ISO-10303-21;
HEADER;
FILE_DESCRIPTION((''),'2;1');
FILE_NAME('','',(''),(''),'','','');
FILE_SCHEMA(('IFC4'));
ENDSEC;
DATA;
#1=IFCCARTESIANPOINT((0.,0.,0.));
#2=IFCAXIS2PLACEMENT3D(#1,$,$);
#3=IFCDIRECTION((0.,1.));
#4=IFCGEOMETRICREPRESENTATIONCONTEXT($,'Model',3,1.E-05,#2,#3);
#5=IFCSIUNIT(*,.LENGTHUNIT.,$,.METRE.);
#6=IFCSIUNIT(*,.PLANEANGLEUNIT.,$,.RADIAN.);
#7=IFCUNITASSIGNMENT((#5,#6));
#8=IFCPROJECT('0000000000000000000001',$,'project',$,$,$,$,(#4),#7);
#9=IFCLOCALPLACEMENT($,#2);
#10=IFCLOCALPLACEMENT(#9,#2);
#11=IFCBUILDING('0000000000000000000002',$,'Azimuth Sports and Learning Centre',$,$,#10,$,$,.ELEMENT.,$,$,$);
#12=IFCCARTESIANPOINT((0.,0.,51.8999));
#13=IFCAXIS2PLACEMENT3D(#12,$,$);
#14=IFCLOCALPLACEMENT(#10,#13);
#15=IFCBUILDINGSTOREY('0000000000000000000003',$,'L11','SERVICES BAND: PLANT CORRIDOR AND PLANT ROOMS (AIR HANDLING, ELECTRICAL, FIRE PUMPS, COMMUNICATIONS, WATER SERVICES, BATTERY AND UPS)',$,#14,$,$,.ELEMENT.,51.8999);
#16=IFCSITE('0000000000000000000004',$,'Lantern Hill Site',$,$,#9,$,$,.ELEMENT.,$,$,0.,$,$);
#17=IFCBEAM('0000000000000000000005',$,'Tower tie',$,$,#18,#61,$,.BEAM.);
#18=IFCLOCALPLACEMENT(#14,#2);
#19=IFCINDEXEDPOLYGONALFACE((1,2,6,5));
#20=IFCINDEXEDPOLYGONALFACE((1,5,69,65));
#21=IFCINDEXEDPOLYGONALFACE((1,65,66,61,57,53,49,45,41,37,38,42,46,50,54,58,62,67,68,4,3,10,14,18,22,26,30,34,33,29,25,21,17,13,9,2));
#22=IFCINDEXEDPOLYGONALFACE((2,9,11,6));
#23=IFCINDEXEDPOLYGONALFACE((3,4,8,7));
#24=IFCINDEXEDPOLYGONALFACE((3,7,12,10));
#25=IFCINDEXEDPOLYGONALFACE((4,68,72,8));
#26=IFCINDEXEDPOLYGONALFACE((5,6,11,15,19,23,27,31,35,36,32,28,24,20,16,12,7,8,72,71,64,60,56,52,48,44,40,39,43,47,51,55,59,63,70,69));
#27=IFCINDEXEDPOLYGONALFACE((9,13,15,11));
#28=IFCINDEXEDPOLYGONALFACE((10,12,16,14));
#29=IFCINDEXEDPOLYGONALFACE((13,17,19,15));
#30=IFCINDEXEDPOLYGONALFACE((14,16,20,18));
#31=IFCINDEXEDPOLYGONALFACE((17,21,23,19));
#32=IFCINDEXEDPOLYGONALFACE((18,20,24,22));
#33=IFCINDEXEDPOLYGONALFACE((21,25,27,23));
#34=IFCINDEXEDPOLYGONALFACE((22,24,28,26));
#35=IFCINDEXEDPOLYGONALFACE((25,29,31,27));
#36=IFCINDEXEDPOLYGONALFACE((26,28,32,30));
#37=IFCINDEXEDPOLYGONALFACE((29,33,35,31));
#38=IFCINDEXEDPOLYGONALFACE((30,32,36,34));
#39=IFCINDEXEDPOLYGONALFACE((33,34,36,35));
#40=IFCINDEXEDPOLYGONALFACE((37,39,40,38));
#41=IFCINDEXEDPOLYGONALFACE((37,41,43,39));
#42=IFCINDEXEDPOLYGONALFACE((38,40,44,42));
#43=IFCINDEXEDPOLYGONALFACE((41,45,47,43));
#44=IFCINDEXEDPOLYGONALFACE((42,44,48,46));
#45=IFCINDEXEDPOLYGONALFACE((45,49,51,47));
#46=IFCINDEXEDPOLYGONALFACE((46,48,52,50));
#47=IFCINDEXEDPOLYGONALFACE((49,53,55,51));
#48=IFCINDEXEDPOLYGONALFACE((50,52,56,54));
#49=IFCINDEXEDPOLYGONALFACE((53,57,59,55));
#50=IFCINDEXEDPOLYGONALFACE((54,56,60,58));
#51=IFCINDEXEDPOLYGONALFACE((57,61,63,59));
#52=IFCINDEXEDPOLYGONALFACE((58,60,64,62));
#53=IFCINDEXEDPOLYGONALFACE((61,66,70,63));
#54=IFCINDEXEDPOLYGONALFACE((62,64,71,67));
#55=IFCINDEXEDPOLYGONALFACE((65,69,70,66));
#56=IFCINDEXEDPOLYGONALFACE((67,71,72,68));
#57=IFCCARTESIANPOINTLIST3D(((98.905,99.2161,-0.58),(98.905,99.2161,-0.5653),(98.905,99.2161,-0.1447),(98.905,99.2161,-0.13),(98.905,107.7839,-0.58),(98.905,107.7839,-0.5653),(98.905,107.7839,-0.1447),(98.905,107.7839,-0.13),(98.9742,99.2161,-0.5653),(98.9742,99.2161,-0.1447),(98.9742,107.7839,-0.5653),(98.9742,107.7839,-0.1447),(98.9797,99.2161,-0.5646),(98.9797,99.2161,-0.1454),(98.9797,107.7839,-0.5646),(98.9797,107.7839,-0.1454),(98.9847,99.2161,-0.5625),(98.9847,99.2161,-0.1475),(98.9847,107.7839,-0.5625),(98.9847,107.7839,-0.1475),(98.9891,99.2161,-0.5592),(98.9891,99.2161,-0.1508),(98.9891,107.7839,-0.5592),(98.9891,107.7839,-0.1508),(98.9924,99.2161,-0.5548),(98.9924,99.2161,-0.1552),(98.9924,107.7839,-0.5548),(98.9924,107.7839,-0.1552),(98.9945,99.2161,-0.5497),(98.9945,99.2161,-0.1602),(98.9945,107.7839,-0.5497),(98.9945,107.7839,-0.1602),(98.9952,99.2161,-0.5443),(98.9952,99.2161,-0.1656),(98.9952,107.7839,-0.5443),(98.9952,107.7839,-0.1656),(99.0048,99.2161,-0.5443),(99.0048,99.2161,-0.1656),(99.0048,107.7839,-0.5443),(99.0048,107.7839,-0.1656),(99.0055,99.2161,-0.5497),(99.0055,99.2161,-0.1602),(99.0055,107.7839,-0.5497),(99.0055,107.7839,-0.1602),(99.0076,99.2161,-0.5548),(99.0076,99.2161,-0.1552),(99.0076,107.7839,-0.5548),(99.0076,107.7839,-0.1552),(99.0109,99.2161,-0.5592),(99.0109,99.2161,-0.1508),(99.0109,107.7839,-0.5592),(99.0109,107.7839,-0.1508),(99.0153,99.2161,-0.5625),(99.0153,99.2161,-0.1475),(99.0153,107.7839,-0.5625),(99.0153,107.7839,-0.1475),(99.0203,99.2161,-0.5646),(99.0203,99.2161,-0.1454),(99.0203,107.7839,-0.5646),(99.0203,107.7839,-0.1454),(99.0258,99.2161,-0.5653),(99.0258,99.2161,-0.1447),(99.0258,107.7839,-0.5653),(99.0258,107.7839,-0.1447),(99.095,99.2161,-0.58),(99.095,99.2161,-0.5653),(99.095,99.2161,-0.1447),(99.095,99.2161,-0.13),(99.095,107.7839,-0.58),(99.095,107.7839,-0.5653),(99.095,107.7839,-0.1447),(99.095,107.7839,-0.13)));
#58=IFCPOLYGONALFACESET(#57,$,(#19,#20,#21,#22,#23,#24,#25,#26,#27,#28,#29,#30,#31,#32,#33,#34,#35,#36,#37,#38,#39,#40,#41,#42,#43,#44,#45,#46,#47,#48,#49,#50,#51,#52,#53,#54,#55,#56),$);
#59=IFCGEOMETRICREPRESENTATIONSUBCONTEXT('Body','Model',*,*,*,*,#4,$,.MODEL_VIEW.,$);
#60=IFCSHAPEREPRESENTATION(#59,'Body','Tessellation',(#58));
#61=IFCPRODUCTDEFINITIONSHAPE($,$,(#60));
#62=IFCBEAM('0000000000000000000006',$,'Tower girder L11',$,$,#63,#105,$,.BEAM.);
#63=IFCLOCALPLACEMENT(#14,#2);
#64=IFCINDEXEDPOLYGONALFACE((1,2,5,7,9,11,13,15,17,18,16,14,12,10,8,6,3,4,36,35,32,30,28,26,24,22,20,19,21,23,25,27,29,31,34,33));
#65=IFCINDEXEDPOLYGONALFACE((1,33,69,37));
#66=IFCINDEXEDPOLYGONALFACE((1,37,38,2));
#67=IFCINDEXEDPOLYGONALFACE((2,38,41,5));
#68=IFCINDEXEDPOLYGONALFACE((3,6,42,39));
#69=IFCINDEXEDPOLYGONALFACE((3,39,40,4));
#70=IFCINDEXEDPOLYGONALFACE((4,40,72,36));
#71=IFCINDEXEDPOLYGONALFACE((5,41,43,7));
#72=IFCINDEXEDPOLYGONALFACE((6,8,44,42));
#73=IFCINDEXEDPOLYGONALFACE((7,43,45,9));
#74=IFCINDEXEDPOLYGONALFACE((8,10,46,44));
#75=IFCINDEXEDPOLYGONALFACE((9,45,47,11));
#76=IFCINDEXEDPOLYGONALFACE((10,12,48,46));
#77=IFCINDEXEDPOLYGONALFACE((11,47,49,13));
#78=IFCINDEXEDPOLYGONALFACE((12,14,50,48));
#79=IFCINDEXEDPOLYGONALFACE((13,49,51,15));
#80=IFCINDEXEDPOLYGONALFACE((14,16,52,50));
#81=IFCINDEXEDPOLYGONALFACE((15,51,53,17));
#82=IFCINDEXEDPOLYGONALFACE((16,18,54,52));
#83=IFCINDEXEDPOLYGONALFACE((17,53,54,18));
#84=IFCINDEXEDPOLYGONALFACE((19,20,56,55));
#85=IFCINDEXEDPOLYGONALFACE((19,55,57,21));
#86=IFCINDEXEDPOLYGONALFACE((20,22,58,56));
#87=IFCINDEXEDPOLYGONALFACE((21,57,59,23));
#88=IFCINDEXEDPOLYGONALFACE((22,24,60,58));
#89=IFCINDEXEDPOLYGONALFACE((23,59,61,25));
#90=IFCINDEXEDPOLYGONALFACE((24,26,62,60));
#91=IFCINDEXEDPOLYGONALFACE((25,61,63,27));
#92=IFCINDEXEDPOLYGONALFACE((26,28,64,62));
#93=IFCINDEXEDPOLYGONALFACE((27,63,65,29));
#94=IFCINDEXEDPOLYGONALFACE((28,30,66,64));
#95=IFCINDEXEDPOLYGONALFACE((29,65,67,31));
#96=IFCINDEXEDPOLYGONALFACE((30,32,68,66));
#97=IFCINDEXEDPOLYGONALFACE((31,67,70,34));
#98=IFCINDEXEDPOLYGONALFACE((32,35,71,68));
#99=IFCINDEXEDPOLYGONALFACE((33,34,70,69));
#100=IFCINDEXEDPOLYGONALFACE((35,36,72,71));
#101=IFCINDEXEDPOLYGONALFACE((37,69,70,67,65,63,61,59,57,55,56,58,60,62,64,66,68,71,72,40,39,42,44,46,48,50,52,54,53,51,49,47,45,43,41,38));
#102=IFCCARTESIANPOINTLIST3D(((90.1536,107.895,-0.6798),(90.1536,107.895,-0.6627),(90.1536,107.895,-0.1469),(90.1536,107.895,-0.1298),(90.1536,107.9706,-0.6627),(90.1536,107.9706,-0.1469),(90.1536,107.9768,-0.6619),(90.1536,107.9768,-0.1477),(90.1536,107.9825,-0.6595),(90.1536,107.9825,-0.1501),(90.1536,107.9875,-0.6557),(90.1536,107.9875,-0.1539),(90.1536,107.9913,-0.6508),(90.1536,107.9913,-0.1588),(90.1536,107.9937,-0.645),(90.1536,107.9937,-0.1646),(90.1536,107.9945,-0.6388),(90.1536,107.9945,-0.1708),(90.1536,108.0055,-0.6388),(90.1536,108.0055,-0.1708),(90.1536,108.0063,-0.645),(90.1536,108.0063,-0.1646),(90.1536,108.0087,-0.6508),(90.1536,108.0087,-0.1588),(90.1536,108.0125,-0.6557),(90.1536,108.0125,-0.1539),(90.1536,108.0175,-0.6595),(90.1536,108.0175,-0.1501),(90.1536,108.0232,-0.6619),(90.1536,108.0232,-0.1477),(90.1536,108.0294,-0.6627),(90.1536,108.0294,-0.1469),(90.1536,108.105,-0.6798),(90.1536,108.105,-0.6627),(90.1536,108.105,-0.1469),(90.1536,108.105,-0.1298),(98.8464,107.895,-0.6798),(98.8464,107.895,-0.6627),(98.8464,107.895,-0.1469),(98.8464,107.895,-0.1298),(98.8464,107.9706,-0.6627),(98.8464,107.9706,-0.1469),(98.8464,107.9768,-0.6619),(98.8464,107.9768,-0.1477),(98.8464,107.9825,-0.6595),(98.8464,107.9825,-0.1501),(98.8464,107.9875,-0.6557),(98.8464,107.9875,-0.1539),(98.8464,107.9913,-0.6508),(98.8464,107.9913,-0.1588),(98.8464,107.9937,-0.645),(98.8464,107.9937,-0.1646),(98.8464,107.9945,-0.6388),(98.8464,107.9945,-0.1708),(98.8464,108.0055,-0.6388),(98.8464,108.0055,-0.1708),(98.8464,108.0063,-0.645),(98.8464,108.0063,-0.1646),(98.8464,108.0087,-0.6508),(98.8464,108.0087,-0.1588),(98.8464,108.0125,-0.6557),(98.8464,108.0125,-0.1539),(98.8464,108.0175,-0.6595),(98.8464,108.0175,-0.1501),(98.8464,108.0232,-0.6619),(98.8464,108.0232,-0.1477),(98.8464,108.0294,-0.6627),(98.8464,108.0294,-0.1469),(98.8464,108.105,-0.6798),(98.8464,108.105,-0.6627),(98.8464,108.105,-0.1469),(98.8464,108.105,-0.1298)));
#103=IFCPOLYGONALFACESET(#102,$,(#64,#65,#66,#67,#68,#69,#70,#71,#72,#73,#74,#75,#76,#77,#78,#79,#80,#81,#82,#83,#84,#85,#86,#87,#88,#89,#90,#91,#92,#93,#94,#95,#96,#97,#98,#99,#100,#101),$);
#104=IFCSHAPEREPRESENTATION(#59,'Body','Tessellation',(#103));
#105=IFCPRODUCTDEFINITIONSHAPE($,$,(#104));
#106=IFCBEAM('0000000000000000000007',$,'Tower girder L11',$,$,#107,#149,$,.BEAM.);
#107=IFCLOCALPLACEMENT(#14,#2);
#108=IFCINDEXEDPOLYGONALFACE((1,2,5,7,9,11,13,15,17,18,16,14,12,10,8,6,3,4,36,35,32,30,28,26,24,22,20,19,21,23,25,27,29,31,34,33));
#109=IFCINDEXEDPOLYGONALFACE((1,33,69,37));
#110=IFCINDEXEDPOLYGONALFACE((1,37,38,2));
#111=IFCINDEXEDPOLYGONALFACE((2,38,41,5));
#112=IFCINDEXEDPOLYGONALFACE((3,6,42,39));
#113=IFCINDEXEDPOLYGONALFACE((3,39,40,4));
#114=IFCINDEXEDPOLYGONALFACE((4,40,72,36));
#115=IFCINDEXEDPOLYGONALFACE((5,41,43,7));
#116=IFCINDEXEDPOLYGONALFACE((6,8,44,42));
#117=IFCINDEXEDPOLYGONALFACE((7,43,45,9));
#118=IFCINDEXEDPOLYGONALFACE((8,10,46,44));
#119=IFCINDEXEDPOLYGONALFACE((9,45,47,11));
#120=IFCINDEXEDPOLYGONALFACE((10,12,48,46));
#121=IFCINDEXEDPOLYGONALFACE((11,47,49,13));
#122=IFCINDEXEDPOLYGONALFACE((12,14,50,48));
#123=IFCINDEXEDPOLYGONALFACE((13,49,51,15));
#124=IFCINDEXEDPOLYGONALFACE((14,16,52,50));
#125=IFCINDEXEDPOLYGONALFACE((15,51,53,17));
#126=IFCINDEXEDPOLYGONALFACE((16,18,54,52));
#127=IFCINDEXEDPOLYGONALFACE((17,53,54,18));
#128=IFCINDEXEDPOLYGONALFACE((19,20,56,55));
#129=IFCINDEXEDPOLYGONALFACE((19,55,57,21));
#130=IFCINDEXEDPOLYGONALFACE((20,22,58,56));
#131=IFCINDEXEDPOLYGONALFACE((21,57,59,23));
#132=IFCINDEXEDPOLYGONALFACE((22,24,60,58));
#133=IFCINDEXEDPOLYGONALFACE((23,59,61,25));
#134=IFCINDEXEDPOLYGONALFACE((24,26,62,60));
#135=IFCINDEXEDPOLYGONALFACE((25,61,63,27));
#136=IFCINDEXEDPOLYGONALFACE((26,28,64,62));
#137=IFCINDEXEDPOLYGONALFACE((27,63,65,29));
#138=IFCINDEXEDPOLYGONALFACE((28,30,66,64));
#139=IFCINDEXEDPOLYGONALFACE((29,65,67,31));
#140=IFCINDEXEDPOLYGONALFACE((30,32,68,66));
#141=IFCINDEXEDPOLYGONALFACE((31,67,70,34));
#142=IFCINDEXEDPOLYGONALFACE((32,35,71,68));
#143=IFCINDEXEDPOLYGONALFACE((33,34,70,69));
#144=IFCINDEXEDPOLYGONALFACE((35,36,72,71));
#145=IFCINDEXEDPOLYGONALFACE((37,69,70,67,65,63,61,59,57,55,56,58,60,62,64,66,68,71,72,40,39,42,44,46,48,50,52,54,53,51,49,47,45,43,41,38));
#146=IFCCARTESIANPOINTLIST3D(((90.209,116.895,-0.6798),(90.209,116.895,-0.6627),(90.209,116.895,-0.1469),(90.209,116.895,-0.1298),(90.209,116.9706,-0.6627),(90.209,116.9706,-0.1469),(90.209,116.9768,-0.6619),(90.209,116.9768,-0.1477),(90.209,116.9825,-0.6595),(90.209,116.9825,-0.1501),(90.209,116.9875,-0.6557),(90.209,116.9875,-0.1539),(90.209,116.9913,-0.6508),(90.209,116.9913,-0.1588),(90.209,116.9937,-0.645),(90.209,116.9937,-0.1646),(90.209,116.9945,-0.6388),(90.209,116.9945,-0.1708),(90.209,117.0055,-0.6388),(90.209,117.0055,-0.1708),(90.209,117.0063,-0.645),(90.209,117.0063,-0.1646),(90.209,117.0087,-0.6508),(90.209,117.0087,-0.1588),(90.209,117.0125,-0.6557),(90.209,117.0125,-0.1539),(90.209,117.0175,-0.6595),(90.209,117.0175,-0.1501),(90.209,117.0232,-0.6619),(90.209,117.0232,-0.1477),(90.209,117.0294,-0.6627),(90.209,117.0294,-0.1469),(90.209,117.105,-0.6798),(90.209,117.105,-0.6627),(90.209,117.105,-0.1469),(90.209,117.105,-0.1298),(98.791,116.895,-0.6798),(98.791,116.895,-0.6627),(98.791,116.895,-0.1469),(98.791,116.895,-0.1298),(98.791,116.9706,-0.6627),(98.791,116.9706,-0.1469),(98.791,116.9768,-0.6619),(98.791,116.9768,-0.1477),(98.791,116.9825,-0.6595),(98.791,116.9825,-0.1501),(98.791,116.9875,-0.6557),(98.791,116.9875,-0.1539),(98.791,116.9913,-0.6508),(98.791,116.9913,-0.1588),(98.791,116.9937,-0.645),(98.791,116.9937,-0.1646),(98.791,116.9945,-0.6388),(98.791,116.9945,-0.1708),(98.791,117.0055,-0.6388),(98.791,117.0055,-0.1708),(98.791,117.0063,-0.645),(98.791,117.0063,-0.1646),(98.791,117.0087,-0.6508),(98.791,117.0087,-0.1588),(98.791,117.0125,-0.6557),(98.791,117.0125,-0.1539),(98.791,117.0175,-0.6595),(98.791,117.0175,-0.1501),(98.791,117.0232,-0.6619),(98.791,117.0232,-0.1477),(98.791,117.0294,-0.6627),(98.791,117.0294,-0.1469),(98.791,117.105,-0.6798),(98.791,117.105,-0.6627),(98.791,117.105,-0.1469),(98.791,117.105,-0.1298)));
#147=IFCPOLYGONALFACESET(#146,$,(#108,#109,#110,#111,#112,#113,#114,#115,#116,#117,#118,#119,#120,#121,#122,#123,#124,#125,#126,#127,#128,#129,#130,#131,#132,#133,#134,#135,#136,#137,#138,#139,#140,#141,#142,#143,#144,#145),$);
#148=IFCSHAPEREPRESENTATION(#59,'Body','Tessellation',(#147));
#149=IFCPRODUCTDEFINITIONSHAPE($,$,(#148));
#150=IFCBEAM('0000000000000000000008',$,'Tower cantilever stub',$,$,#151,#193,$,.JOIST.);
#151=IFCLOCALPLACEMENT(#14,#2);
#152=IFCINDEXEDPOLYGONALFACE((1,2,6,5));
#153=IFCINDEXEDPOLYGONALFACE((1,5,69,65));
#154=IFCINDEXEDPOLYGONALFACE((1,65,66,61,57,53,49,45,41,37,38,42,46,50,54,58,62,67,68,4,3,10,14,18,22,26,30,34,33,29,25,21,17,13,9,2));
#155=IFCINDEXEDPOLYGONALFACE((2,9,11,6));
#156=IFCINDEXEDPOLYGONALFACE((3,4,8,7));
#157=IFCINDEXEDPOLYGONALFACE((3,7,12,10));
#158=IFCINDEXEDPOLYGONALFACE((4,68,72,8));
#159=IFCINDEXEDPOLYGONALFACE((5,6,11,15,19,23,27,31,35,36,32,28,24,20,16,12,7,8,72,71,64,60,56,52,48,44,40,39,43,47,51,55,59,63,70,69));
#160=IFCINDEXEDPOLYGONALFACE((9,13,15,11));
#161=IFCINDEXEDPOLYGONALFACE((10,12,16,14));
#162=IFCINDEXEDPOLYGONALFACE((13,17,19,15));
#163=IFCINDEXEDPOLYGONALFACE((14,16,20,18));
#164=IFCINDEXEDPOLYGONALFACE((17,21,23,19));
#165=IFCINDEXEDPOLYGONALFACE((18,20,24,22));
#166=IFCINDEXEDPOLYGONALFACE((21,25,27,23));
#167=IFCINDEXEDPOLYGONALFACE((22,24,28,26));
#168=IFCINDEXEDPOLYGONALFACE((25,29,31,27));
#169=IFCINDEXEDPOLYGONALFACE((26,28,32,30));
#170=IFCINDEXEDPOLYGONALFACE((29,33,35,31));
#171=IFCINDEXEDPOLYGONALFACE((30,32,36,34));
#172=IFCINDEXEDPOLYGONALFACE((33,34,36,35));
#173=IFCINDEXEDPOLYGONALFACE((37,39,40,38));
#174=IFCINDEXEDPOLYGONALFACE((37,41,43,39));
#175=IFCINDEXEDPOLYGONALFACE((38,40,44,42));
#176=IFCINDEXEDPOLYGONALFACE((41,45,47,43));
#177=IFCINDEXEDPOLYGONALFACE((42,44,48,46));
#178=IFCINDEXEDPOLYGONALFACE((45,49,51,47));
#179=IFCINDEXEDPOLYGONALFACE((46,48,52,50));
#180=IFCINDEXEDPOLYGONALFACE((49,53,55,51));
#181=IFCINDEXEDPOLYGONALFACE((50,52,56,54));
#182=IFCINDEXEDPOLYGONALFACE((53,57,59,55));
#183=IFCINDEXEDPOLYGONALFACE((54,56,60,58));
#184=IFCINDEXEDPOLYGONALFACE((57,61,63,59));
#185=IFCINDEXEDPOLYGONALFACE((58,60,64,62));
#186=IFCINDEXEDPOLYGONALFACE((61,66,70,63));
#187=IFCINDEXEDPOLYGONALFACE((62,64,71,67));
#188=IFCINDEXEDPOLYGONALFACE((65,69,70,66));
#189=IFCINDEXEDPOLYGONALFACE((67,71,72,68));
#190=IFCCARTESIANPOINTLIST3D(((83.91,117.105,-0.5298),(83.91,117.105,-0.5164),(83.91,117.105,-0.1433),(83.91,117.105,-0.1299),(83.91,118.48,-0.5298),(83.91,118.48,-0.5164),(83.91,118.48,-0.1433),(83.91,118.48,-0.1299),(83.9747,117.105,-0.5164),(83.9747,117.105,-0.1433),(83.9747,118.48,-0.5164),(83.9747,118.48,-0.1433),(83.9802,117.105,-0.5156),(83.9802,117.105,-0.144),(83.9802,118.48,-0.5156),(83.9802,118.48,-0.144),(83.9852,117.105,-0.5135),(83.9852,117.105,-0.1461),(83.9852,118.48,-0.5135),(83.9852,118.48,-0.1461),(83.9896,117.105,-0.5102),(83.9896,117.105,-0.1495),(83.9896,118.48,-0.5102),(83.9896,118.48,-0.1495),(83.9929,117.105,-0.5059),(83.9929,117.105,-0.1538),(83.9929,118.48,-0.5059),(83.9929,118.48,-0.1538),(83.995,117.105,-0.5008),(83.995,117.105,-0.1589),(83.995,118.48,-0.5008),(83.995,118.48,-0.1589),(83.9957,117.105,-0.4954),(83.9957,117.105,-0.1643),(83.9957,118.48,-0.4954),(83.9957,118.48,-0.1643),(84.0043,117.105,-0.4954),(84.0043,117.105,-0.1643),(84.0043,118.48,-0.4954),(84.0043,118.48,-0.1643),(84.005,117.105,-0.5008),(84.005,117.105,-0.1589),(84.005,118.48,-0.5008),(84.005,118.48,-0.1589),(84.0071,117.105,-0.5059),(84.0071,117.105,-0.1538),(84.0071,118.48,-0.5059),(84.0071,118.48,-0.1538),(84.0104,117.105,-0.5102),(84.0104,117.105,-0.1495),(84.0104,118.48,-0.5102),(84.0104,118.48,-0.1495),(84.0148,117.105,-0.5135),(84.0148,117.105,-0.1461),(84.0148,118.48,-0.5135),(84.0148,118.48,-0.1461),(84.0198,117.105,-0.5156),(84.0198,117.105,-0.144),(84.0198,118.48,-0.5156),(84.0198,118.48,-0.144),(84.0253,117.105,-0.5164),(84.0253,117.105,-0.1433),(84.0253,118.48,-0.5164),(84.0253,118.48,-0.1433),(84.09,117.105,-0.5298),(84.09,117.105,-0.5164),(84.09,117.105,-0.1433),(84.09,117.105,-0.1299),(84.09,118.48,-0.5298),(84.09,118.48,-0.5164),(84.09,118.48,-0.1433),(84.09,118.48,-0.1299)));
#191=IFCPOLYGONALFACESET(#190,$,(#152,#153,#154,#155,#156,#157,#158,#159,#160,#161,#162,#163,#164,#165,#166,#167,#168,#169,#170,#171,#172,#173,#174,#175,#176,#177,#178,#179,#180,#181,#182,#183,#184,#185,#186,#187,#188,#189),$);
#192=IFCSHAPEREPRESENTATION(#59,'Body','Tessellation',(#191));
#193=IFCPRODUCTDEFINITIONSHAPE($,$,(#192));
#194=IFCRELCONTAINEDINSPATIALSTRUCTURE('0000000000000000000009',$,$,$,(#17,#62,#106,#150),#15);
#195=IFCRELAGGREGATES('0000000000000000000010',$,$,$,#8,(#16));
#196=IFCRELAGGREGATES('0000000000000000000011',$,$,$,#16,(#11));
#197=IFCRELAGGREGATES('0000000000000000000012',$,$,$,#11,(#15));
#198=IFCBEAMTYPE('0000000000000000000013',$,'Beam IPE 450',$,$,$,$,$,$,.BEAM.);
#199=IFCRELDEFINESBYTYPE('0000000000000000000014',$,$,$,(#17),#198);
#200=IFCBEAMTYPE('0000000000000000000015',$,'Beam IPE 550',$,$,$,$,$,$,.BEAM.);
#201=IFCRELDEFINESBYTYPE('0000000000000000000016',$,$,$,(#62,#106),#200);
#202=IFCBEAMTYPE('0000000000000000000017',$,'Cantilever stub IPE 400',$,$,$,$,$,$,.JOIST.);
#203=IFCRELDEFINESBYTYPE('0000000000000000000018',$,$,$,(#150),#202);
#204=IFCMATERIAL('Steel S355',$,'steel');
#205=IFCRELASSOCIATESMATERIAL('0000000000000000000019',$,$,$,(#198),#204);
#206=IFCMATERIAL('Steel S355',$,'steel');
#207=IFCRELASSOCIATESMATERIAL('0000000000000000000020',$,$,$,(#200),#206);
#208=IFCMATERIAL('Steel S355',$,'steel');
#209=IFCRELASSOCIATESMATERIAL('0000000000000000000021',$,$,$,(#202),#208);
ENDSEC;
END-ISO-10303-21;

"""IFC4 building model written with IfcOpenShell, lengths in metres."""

from ifc_helpers import new_model, si_unit, direction, frame, origin, origin_2d, place, context, subcontext, project, spatial, i_section, extrude, material, material_profile, profile_set, type_object, element, save


model = new_model("IFC4")

# Units and contexts
model_context = context("Model", 3, precision=1e-05, world=origin(), true_north=direction((0.0, 1.0)))
body_context = subcontext(model_context, "Body", "Model", "MODEL_VIEW")
ifc_project = project(units=[si_unit("LENGTHUNIT", "METRE"), si_unit("PLANEANGLEUNIT", "RADIAN")], contexts=[model_context])

# Site, building, storey
site_placement = place(None, origin())
site = spatial("IfcSite", under=ifc_project, at=site_placement, Name="Lantern Hill Site", CompositionType="ELEMENT", RefElevation=0.0)
building_placement = place(site_placement, origin())
building = spatial("IfcBuilding", under=site, at=building_placement, Name="Azimuth Sports and Learning Centre", CompositionType="ELEMENT")
storey_placement = place(building_placement, frame((0.0, 0.0, 51.8999)))
storey = spatial("IfcBuildingStorey", under=building, at=storey_placement, Name="L11", Description="SERVICES BAND: PLANT CORRIDOR AND PLANT ROOMS (AIR HANDLING, ELECTRICAL, FIRE PUMPS, COMMUNICATIONS, WATER SERVICES, BATTERY AND UPS)", CompositionType="ELEMENT", Elevation=51.8999)

# Beams
ifc_material_1 = material(Name="Steel S355", Category="steel")
ifc_material_profile_1 = material_profile(ifc_material_1, i_section(OverallWidth=0.1899, OverallDepth=0.45, WebThickness=0.0095, FlangeThickness=0.0146, FilletRadius=0.021, at=origin_2d()), Name="IPE 450")
ifc_profile_set_1 = profile_set([ifc_material_profile_1], Name="Steel S355")
beam_type_1 = type_object("IfcBeamType", Name="Beam IPE 450", PredefinedType="BEAM", material=ifc_profile_set_1)
beam_1_placement = place(storey_placement, frame((99.0, 99.2161, -0.355), z_axis=(0.0, 1.0, 0.0), x_axis=(-1.0, 0.0, 0.0)))
element("IfcBeam", 1, at=beam_1_placement, inside=storey, type_object=beam_type_1, Name="Tower tie", PredefinedType="BEAM", context=body_context, shape_type="SweptSolid", body=[
    extrude(i_section(OverallWidth=0.1899, OverallDepth=0.45, WebThickness=0.0095, FlangeThickness=0.0146, FilletRadius=0.021, at=origin_2d()), origin(), (0.0, 0.0, 1.0), 8.5679),
])
ifc_material_2 = material(Name="Steel S355", Category="steel")
ifc_material_profile_2 = material_profile(ifc_material_2, i_section(OverallWidth=0.21, OverallDepth=0.55, WebThickness=0.011, FlangeThickness=0.0171, FilletRadius=0.0239, at=origin_2d()), Name="IPE 550")
ifc_profile_set_2 = profile_set([ifc_material_profile_2], Name="Steel S355")
beam_type_2 = type_object("IfcBeamType", Name="Beam IPE 550", PredefinedType="BEAM", material=ifc_profile_set_2)
beam_2_placement = place(storey_placement, frame((90.1536, 108.0, -0.4048), z_axis=(1.0, 0.0, 0.0), x_axis=(0.0, 1.0, 0.0)))
element("IfcBeam", 2, at=beam_2_placement, inside=storey, type_object=beam_type_2, Name="Tower girder L11", PredefinedType="BEAM", context=body_context, shape_type="SweptSolid", body=[
    extrude(i_section(OverallWidth=0.21, OverallDepth=0.55, WebThickness=0.011, FlangeThickness=0.0171, FilletRadius=0.0239, at=origin_2d()), origin(), (0.0, 0.0, 1.0), 8.6929),
])
beam_3_placement = place(storey_placement, frame((90.209, 117.0, -0.4048), z_axis=(1.0, 0.0, 0.0), x_axis=(0.0, 1.0, 0.0)))
element("IfcBeam", 3, at=beam_3_placement, inside=storey, type_object=beam_type_2, Name="Tower girder L11", PredefinedType="BEAM", context=body_context, shape_type="SweptSolid", body=[
    extrude(i_section(OverallWidth=0.21, OverallDepth=0.55, WebThickness=0.011, FlangeThickness=0.0171, FilletRadius=0.0239, at=origin_2d()), origin(), (0.0, 0.0, 1.0), 8.582),
])
ifc_material_3 = material(Name="Steel S355", Category="steel")
ifc_material_profile_3 = material_profile(ifc_material_3, i_section(OverallWidth=0.1799, OverallDepth=0.3999, WebThickness=0.0085, FlangeThickness=0.0134, FilletRadius=0.021, at=origin_2d()), Name="IPE 400")
ifc_profile_set_3 = profile_set([ifc_material_profile_3], Name="Steel S355")
beam_type_3 = type_object("IfcBeamType", Name="Cantilever stub IPE 400", PredefinedType="JOIST", material=ifc_profile_set_3)
for number, where, z_axis, x_axis, name in (
    (4, (84.0, 117.105, -0.3298), (0.0, 1.0, 0.0), (-1.0, 0.0, 0.0), "Tower cantilever stub"),
):
    element("IfcBeam", number, at=place(storey_placement, frame(where, z_axis=z_axis, x_axis=x_axis)), inside=storey, type_object=beam_type_3, Name=name, PredefinedType="JOIST", context=body_context, shape_type="SweptSolid", body=[
        extrude(i_section(OverallWidth=0.1799, OverallDepth=0.3999, WebThickness=0.0085, FlangeThickness=0.0134, FilletRadius=0.021, at=origin_2d()), origin(), (0.0, 0.0, 1.0), 1.375),
    ])

save(model, "model.ifc")
